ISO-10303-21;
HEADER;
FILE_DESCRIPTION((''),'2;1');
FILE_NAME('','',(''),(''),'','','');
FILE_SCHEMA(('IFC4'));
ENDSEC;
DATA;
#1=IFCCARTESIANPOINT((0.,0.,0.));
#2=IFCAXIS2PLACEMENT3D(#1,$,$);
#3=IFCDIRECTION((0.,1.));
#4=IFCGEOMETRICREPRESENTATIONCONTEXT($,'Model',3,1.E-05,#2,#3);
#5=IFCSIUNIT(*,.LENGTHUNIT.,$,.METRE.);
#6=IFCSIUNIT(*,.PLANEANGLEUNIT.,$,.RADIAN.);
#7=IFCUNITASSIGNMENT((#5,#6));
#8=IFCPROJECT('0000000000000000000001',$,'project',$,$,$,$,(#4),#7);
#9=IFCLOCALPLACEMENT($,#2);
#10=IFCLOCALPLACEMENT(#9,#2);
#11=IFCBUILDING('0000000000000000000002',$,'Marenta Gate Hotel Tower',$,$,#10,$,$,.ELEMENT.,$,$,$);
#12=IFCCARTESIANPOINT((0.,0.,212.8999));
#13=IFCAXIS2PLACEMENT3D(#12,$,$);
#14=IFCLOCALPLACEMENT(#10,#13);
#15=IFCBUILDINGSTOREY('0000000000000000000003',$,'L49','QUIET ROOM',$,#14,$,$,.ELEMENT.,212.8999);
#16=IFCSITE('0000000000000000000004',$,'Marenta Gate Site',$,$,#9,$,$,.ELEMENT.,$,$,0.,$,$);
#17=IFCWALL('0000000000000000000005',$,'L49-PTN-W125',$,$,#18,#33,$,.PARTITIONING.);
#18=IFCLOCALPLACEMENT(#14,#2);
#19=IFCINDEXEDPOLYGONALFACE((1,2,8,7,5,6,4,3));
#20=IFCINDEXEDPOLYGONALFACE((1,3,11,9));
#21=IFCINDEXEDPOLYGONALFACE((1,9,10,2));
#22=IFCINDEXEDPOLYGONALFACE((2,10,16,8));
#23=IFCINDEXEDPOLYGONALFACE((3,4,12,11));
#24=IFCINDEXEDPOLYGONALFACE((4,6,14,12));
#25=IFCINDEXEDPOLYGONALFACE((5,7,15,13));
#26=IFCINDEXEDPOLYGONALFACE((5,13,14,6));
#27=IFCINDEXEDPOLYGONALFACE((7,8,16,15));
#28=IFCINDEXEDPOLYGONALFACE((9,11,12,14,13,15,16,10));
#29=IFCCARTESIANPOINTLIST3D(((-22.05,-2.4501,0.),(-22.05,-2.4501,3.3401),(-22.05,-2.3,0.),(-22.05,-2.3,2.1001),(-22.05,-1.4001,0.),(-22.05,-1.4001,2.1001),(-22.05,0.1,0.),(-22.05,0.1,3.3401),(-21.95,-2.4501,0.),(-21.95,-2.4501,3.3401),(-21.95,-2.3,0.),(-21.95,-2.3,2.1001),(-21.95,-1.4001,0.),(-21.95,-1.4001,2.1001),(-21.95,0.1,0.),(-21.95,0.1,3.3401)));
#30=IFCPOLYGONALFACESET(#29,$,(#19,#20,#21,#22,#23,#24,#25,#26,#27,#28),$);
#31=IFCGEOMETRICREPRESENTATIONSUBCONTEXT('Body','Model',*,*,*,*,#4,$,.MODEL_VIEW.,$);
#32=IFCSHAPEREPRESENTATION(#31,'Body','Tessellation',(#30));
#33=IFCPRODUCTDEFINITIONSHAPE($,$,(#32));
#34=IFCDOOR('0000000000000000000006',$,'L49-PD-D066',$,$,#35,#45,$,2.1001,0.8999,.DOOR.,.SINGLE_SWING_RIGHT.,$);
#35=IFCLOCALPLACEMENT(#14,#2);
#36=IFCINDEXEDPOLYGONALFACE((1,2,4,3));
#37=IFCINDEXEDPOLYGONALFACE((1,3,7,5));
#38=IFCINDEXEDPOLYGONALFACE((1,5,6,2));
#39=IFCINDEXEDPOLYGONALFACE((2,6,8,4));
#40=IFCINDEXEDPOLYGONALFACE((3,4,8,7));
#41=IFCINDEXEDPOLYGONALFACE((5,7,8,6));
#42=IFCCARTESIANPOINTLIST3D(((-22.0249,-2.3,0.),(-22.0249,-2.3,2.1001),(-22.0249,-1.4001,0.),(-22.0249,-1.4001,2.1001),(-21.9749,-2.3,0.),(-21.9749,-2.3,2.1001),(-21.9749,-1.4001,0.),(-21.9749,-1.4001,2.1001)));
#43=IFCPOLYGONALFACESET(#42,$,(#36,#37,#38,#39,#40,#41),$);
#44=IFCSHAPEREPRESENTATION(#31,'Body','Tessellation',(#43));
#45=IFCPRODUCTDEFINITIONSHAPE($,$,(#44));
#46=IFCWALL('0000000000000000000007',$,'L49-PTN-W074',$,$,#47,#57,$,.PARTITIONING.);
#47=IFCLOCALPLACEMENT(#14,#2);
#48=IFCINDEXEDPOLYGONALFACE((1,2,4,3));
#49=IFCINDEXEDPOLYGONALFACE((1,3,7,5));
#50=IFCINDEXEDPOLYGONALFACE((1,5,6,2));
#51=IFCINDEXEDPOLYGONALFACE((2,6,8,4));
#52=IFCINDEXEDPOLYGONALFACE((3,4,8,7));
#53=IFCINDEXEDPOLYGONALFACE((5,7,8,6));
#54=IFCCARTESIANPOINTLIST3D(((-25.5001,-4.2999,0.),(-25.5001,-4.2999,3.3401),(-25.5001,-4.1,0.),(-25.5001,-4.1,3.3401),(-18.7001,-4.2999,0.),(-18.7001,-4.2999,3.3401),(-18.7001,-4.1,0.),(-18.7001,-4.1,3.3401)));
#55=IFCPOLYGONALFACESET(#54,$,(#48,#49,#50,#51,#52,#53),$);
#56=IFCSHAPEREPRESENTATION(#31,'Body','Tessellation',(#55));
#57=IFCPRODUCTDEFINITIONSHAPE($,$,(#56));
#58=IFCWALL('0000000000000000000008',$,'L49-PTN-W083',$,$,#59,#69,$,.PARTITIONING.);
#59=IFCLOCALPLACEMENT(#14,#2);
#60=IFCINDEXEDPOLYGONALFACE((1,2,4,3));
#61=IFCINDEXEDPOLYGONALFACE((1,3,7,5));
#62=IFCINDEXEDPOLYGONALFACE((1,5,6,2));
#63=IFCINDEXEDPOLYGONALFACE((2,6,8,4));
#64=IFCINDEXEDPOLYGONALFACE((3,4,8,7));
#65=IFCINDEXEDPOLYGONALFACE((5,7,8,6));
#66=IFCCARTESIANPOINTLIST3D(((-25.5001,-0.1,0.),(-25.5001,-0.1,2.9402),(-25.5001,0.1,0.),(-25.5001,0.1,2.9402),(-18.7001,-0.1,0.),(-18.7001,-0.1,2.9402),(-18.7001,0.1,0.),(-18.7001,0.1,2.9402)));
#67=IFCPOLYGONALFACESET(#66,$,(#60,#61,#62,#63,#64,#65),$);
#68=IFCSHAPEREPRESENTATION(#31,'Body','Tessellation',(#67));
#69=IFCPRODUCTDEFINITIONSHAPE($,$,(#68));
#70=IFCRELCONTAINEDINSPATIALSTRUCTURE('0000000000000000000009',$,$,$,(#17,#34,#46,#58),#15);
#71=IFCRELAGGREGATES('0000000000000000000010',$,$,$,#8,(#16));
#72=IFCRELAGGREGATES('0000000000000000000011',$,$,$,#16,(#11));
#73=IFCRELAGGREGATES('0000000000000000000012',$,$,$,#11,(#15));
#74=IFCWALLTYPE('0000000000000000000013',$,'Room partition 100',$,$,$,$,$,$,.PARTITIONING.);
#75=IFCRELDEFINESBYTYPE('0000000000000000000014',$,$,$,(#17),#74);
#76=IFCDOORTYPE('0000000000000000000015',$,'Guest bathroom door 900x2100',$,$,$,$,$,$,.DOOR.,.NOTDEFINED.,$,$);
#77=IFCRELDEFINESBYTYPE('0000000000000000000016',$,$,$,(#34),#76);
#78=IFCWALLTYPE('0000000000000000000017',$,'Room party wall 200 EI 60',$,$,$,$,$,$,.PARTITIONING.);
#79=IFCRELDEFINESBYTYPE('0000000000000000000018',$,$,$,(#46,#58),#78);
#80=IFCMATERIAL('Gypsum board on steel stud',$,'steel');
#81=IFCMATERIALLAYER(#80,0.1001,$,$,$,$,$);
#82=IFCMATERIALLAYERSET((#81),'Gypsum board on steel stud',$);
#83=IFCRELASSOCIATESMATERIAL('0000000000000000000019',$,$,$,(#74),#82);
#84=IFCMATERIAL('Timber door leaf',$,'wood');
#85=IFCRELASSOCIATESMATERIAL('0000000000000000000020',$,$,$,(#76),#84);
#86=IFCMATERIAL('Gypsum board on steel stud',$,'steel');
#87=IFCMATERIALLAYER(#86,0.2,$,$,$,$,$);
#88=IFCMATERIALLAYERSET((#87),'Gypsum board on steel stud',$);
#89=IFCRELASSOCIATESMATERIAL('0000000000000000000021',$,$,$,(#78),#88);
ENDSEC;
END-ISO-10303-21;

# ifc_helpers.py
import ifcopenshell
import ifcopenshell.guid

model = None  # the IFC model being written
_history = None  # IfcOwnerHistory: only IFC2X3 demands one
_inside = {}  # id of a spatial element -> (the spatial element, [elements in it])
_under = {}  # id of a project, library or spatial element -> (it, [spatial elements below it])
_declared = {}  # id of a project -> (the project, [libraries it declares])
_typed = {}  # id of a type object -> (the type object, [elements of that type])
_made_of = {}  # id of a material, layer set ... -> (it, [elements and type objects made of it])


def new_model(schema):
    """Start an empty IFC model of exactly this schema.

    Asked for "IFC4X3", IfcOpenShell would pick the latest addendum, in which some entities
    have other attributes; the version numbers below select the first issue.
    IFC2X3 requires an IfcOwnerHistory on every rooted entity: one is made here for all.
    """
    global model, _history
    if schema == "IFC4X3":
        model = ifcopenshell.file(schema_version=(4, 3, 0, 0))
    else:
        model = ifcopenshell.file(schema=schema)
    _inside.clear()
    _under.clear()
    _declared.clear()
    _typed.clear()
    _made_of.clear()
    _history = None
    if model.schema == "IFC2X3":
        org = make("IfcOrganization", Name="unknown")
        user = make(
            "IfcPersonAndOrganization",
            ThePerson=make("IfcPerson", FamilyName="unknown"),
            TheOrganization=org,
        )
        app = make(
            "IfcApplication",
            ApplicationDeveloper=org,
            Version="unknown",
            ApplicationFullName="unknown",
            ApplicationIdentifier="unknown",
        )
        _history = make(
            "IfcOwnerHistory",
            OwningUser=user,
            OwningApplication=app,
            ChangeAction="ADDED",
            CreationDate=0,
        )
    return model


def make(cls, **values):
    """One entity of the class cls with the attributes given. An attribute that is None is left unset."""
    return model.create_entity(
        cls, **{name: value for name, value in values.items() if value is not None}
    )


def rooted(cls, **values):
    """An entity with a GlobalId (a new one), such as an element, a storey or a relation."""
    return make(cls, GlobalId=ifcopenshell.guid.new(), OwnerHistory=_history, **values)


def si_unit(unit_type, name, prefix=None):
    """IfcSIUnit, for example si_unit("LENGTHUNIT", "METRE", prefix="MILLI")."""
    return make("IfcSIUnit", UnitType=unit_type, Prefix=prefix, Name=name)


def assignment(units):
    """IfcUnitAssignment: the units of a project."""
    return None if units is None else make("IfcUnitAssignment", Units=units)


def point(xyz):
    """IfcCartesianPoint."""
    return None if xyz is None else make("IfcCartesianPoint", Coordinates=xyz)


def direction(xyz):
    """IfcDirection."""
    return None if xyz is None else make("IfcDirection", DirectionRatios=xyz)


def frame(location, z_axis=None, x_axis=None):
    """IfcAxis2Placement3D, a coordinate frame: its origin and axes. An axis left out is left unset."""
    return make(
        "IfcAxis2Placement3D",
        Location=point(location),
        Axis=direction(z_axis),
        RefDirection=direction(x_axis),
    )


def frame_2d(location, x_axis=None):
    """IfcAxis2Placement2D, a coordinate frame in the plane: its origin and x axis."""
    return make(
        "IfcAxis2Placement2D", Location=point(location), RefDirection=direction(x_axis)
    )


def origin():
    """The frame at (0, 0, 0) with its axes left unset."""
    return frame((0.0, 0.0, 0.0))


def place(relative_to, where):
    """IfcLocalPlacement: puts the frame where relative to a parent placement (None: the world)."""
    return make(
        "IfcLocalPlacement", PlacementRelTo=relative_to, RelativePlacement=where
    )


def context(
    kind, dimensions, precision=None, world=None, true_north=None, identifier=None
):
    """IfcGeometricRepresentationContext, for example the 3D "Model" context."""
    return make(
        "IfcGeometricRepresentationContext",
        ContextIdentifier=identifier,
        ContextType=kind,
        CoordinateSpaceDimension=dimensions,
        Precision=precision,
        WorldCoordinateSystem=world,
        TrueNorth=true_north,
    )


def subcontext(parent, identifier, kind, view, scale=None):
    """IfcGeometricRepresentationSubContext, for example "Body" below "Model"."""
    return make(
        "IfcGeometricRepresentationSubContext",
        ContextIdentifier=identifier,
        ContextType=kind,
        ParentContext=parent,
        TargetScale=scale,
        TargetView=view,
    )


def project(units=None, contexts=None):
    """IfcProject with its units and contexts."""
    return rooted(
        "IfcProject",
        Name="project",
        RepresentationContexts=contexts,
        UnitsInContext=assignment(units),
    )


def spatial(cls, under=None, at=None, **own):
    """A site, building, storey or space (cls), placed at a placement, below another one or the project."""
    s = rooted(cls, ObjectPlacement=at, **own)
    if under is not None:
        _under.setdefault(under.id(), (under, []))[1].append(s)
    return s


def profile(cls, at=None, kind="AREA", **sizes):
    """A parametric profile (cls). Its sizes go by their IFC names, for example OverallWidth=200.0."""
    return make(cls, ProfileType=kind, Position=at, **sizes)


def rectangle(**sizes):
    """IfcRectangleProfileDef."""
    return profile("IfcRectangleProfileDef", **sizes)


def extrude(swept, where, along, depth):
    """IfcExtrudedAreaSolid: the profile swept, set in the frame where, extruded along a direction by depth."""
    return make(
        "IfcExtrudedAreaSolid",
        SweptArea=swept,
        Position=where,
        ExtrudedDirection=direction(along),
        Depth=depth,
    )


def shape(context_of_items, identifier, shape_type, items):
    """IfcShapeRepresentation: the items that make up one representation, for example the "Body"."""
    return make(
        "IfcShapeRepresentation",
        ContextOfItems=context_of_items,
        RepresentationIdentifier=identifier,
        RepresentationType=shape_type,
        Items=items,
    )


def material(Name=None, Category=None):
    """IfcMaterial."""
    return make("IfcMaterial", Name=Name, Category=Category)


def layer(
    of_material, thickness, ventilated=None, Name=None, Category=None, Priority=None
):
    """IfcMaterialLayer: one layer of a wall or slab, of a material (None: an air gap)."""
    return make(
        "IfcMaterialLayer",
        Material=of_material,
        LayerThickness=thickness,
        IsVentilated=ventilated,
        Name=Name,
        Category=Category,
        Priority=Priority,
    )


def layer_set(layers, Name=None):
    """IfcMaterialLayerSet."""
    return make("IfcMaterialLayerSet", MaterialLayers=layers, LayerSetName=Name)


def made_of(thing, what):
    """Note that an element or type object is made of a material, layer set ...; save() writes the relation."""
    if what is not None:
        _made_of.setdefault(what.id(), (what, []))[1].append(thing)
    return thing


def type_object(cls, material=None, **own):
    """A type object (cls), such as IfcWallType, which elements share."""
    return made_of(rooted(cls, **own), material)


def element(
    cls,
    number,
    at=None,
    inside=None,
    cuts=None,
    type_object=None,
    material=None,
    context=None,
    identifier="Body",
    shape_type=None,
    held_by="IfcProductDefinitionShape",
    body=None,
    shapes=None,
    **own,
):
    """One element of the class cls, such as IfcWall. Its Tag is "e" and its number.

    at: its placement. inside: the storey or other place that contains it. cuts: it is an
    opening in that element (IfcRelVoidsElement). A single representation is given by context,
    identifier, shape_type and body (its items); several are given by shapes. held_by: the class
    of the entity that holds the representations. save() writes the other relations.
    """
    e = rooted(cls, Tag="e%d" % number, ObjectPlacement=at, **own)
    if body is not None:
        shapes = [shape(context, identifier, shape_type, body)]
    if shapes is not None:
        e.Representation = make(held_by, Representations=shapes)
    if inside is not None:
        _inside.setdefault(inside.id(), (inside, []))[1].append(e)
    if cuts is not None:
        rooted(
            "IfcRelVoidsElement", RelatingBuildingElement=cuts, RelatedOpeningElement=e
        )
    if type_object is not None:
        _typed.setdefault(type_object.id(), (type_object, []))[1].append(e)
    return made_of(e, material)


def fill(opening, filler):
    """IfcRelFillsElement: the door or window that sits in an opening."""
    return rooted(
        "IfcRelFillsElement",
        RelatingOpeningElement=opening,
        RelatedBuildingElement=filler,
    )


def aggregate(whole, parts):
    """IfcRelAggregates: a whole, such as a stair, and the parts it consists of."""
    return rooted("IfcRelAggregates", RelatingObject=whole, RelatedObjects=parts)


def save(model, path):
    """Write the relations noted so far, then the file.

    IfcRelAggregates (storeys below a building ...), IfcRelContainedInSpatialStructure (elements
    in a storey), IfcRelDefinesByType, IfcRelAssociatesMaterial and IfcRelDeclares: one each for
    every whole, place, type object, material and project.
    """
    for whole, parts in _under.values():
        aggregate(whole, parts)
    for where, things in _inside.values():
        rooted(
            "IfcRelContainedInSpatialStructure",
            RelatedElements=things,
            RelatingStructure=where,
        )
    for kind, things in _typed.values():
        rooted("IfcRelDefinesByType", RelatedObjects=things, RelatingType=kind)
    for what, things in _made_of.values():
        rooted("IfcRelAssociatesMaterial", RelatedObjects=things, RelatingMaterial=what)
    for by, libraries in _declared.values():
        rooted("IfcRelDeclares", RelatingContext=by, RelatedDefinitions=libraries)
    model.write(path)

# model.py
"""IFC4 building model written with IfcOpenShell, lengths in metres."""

from ifc_helpers import new_model, si_unit, direction, frame, frame_2d, origin, place, context, subcontext, project, spatial, rectangle, extrude, material, layer, layer_set, type_object, element, fill, save


model = new_model("IFC4")

# Units and contexts
model_context = context("Model", 3, precision=1e-05, world=origin(), true_north=direction((0.0, 1.0)))
body_context = subcontext(model_context, "Body", "Model", "MODEL_VIEW")
ifc_project = project(units=[si_unit("LENGTHUNIT", "METRE"), si_unit("PLANEANGLEUNIT", "RADIAN")], contexts=[model_context])

# Site, building, storey
site_placement = place(None, origin())
site = spatial("IfcSite", under=ifc_project, at=site_placement, Name="Marenta Gate Site", CompositionType="ELEMENT", RefElevation=0.0)
building_placement = place(site_placement, origin())
building = spatial("IfcBuilding", under=site, at=building_placement, Name="Marenta Gate Hotel Tower", CompositionType="ELEMENT")
storey_placement = place(building_placement, frame((0.0, 0.0, 212.8999)))
storey = spatial("IfcBuildingStorey", under=building, at=storey_placement, Name="L49", Description="QUIET ROOM", CompositionType="ELEMENT", Elevation=212.8999)

# Shared definitions
ifc_material_1 = material(Name="Gypsum board on steel stud", Category="steel")
ifc_layer_1 = layer(ifc_material_1, 0.1001)
ifc_layer_set_1 = layer_set([ifc_layer_1], Name="Gypsum board on steel stud")
wall_type_1 = type_object("IfcWallType", Name="Room partition 100", PredefinedType="PARTITIONING", material=ifc_layer_set_1)

# Wall, opening, door
wall_1_placement = place(storey_placement, frame((-22.0, -2.45, 0.0), z_axis=(0.0, 0.0, 1.0), x_axis=(0.0, 1.0, 0.0)))
wall_1 = element("IfcWall", 1, at=wall_1_placement, inside=storey, type_object=wall_type_1, Name="L49-PTN-W125", PredefinedType="PARTITIONING", context=body_context, shape_type="SweptSolid", body=[
    extrude(rectangle(XDim=2.55, YDim=0.1001, at=frame_2d((1.2749, 0.0))), origin(), (0.0, 0.0, 1.0), 3.3401),
])
opening_1_placement = place(wall_1_placement, frame((0.1499, 0.0, 0.0)))
opening_1 = element("IfcOpeningElement", 2, at=opening_1_placement, cuts=wall_1, PredefinedType="OPENING", context=body_context, shape_type="SweptSolid", body=[
    extrude(rectangle(XDim=0.8999, YDim=2.1001, at=frame_2d((0.45, 1.05))), frame((0.0, 0.05, 0.0), z_axis=(0.0, -1.0, 0.0), x_axis=(1.0, 0.0, 0.0)), (0.0, 0.0, 1.0), 0.1001),
])
ifc_material_2 = material(Name="Timber door leaf", Category="wood")
door_type_1 = type_object("IfcDoorType", Name="Guest bathroom door 900x2100", OperationType="NOTDEFINED", PredefinedType="DOOR", material=ifc_material_2)
door_1_placement = place(opening_1_placement, origin())
door_1 = element("IfcDoor", 3, at=door_1_placement, inside=storey, type_object=door_type_1, Name="L49-PD-D066", OperationType="SINGLE_SWING_RIGHT", OverallHeight=2.1001, OverallWidth=0.8999, PredefinedType="DOOR", context=body_context, shape_type="SweptSolid", body=[
    extrude(rectangle(XDim=0.8999, YDim=2.1001, at=frame_2d((0.45, 1.05))), frame((0.0, 0.0249, 0.0), z_axis=(0.0, -1.0, 0.0), x_axis=(1.0, 0.0, 0.0)), (0.0, 0.0, 1.0), 0.05),
])
fill(opening_1, door_1)

# Walls
ifc_material_3 = material(Name="Gypsum board on steel stud", Category="steel")
ifc_layer_2 = layer(ifc_material_3, 0.2)
ifc_layer_set_2 = layer_set([ifc_layer_2], Name="Gypsum board on steel stud")
wall_type_2 = type_object("IfcWallType", Name="Room party wall 200 EI 60", PredefinedType="PARTITIONING", material=ifc_layer_set_2)
wall_2_placement = place(storey_placement, frame((-25.5, -4.2, 0.0), z_axis=(0.0, 0.0, 1.0), x_axis=(1.0, 0.0, 0.0)))
element("IfcWall", 4, at=wall_2_placement, inside=storey, type_object=wall_type_2, Name="L49-PTN-W074", PredefinedType="PARTITIONING", context=body_context, shape_type="SweptSolid", body=[
    extrude(rectangle(XDim=6.8, YDim=0.2, at=frame_2d((3.3999, 0.0))), origin(), (0.0, 0.0, 1.0), 3.3401),
])
wall_3_placement = place(storey_placement, frame((-25.5, 0.0, 0.0), z_axis=(0.0, 0.0, 1.0), x_axis=(1.0, 0.0, 0.0)))
element("IfcWall", 5, at=wall_3_placement, inside=storey, type_object=wall_type_2, Name="L49-PTN-W083", PredefinedType="PARTITIONING", context=body_context, shape_type="SweptSolid", body=[
    extrude(rectangle(XDim=6.8, YDim=0.2, at=frame_2d((3.3999, 0.0))), origin(), (0.0, 0.0, 1.0), 2.9402),
])

save(model, "model.ifc")
